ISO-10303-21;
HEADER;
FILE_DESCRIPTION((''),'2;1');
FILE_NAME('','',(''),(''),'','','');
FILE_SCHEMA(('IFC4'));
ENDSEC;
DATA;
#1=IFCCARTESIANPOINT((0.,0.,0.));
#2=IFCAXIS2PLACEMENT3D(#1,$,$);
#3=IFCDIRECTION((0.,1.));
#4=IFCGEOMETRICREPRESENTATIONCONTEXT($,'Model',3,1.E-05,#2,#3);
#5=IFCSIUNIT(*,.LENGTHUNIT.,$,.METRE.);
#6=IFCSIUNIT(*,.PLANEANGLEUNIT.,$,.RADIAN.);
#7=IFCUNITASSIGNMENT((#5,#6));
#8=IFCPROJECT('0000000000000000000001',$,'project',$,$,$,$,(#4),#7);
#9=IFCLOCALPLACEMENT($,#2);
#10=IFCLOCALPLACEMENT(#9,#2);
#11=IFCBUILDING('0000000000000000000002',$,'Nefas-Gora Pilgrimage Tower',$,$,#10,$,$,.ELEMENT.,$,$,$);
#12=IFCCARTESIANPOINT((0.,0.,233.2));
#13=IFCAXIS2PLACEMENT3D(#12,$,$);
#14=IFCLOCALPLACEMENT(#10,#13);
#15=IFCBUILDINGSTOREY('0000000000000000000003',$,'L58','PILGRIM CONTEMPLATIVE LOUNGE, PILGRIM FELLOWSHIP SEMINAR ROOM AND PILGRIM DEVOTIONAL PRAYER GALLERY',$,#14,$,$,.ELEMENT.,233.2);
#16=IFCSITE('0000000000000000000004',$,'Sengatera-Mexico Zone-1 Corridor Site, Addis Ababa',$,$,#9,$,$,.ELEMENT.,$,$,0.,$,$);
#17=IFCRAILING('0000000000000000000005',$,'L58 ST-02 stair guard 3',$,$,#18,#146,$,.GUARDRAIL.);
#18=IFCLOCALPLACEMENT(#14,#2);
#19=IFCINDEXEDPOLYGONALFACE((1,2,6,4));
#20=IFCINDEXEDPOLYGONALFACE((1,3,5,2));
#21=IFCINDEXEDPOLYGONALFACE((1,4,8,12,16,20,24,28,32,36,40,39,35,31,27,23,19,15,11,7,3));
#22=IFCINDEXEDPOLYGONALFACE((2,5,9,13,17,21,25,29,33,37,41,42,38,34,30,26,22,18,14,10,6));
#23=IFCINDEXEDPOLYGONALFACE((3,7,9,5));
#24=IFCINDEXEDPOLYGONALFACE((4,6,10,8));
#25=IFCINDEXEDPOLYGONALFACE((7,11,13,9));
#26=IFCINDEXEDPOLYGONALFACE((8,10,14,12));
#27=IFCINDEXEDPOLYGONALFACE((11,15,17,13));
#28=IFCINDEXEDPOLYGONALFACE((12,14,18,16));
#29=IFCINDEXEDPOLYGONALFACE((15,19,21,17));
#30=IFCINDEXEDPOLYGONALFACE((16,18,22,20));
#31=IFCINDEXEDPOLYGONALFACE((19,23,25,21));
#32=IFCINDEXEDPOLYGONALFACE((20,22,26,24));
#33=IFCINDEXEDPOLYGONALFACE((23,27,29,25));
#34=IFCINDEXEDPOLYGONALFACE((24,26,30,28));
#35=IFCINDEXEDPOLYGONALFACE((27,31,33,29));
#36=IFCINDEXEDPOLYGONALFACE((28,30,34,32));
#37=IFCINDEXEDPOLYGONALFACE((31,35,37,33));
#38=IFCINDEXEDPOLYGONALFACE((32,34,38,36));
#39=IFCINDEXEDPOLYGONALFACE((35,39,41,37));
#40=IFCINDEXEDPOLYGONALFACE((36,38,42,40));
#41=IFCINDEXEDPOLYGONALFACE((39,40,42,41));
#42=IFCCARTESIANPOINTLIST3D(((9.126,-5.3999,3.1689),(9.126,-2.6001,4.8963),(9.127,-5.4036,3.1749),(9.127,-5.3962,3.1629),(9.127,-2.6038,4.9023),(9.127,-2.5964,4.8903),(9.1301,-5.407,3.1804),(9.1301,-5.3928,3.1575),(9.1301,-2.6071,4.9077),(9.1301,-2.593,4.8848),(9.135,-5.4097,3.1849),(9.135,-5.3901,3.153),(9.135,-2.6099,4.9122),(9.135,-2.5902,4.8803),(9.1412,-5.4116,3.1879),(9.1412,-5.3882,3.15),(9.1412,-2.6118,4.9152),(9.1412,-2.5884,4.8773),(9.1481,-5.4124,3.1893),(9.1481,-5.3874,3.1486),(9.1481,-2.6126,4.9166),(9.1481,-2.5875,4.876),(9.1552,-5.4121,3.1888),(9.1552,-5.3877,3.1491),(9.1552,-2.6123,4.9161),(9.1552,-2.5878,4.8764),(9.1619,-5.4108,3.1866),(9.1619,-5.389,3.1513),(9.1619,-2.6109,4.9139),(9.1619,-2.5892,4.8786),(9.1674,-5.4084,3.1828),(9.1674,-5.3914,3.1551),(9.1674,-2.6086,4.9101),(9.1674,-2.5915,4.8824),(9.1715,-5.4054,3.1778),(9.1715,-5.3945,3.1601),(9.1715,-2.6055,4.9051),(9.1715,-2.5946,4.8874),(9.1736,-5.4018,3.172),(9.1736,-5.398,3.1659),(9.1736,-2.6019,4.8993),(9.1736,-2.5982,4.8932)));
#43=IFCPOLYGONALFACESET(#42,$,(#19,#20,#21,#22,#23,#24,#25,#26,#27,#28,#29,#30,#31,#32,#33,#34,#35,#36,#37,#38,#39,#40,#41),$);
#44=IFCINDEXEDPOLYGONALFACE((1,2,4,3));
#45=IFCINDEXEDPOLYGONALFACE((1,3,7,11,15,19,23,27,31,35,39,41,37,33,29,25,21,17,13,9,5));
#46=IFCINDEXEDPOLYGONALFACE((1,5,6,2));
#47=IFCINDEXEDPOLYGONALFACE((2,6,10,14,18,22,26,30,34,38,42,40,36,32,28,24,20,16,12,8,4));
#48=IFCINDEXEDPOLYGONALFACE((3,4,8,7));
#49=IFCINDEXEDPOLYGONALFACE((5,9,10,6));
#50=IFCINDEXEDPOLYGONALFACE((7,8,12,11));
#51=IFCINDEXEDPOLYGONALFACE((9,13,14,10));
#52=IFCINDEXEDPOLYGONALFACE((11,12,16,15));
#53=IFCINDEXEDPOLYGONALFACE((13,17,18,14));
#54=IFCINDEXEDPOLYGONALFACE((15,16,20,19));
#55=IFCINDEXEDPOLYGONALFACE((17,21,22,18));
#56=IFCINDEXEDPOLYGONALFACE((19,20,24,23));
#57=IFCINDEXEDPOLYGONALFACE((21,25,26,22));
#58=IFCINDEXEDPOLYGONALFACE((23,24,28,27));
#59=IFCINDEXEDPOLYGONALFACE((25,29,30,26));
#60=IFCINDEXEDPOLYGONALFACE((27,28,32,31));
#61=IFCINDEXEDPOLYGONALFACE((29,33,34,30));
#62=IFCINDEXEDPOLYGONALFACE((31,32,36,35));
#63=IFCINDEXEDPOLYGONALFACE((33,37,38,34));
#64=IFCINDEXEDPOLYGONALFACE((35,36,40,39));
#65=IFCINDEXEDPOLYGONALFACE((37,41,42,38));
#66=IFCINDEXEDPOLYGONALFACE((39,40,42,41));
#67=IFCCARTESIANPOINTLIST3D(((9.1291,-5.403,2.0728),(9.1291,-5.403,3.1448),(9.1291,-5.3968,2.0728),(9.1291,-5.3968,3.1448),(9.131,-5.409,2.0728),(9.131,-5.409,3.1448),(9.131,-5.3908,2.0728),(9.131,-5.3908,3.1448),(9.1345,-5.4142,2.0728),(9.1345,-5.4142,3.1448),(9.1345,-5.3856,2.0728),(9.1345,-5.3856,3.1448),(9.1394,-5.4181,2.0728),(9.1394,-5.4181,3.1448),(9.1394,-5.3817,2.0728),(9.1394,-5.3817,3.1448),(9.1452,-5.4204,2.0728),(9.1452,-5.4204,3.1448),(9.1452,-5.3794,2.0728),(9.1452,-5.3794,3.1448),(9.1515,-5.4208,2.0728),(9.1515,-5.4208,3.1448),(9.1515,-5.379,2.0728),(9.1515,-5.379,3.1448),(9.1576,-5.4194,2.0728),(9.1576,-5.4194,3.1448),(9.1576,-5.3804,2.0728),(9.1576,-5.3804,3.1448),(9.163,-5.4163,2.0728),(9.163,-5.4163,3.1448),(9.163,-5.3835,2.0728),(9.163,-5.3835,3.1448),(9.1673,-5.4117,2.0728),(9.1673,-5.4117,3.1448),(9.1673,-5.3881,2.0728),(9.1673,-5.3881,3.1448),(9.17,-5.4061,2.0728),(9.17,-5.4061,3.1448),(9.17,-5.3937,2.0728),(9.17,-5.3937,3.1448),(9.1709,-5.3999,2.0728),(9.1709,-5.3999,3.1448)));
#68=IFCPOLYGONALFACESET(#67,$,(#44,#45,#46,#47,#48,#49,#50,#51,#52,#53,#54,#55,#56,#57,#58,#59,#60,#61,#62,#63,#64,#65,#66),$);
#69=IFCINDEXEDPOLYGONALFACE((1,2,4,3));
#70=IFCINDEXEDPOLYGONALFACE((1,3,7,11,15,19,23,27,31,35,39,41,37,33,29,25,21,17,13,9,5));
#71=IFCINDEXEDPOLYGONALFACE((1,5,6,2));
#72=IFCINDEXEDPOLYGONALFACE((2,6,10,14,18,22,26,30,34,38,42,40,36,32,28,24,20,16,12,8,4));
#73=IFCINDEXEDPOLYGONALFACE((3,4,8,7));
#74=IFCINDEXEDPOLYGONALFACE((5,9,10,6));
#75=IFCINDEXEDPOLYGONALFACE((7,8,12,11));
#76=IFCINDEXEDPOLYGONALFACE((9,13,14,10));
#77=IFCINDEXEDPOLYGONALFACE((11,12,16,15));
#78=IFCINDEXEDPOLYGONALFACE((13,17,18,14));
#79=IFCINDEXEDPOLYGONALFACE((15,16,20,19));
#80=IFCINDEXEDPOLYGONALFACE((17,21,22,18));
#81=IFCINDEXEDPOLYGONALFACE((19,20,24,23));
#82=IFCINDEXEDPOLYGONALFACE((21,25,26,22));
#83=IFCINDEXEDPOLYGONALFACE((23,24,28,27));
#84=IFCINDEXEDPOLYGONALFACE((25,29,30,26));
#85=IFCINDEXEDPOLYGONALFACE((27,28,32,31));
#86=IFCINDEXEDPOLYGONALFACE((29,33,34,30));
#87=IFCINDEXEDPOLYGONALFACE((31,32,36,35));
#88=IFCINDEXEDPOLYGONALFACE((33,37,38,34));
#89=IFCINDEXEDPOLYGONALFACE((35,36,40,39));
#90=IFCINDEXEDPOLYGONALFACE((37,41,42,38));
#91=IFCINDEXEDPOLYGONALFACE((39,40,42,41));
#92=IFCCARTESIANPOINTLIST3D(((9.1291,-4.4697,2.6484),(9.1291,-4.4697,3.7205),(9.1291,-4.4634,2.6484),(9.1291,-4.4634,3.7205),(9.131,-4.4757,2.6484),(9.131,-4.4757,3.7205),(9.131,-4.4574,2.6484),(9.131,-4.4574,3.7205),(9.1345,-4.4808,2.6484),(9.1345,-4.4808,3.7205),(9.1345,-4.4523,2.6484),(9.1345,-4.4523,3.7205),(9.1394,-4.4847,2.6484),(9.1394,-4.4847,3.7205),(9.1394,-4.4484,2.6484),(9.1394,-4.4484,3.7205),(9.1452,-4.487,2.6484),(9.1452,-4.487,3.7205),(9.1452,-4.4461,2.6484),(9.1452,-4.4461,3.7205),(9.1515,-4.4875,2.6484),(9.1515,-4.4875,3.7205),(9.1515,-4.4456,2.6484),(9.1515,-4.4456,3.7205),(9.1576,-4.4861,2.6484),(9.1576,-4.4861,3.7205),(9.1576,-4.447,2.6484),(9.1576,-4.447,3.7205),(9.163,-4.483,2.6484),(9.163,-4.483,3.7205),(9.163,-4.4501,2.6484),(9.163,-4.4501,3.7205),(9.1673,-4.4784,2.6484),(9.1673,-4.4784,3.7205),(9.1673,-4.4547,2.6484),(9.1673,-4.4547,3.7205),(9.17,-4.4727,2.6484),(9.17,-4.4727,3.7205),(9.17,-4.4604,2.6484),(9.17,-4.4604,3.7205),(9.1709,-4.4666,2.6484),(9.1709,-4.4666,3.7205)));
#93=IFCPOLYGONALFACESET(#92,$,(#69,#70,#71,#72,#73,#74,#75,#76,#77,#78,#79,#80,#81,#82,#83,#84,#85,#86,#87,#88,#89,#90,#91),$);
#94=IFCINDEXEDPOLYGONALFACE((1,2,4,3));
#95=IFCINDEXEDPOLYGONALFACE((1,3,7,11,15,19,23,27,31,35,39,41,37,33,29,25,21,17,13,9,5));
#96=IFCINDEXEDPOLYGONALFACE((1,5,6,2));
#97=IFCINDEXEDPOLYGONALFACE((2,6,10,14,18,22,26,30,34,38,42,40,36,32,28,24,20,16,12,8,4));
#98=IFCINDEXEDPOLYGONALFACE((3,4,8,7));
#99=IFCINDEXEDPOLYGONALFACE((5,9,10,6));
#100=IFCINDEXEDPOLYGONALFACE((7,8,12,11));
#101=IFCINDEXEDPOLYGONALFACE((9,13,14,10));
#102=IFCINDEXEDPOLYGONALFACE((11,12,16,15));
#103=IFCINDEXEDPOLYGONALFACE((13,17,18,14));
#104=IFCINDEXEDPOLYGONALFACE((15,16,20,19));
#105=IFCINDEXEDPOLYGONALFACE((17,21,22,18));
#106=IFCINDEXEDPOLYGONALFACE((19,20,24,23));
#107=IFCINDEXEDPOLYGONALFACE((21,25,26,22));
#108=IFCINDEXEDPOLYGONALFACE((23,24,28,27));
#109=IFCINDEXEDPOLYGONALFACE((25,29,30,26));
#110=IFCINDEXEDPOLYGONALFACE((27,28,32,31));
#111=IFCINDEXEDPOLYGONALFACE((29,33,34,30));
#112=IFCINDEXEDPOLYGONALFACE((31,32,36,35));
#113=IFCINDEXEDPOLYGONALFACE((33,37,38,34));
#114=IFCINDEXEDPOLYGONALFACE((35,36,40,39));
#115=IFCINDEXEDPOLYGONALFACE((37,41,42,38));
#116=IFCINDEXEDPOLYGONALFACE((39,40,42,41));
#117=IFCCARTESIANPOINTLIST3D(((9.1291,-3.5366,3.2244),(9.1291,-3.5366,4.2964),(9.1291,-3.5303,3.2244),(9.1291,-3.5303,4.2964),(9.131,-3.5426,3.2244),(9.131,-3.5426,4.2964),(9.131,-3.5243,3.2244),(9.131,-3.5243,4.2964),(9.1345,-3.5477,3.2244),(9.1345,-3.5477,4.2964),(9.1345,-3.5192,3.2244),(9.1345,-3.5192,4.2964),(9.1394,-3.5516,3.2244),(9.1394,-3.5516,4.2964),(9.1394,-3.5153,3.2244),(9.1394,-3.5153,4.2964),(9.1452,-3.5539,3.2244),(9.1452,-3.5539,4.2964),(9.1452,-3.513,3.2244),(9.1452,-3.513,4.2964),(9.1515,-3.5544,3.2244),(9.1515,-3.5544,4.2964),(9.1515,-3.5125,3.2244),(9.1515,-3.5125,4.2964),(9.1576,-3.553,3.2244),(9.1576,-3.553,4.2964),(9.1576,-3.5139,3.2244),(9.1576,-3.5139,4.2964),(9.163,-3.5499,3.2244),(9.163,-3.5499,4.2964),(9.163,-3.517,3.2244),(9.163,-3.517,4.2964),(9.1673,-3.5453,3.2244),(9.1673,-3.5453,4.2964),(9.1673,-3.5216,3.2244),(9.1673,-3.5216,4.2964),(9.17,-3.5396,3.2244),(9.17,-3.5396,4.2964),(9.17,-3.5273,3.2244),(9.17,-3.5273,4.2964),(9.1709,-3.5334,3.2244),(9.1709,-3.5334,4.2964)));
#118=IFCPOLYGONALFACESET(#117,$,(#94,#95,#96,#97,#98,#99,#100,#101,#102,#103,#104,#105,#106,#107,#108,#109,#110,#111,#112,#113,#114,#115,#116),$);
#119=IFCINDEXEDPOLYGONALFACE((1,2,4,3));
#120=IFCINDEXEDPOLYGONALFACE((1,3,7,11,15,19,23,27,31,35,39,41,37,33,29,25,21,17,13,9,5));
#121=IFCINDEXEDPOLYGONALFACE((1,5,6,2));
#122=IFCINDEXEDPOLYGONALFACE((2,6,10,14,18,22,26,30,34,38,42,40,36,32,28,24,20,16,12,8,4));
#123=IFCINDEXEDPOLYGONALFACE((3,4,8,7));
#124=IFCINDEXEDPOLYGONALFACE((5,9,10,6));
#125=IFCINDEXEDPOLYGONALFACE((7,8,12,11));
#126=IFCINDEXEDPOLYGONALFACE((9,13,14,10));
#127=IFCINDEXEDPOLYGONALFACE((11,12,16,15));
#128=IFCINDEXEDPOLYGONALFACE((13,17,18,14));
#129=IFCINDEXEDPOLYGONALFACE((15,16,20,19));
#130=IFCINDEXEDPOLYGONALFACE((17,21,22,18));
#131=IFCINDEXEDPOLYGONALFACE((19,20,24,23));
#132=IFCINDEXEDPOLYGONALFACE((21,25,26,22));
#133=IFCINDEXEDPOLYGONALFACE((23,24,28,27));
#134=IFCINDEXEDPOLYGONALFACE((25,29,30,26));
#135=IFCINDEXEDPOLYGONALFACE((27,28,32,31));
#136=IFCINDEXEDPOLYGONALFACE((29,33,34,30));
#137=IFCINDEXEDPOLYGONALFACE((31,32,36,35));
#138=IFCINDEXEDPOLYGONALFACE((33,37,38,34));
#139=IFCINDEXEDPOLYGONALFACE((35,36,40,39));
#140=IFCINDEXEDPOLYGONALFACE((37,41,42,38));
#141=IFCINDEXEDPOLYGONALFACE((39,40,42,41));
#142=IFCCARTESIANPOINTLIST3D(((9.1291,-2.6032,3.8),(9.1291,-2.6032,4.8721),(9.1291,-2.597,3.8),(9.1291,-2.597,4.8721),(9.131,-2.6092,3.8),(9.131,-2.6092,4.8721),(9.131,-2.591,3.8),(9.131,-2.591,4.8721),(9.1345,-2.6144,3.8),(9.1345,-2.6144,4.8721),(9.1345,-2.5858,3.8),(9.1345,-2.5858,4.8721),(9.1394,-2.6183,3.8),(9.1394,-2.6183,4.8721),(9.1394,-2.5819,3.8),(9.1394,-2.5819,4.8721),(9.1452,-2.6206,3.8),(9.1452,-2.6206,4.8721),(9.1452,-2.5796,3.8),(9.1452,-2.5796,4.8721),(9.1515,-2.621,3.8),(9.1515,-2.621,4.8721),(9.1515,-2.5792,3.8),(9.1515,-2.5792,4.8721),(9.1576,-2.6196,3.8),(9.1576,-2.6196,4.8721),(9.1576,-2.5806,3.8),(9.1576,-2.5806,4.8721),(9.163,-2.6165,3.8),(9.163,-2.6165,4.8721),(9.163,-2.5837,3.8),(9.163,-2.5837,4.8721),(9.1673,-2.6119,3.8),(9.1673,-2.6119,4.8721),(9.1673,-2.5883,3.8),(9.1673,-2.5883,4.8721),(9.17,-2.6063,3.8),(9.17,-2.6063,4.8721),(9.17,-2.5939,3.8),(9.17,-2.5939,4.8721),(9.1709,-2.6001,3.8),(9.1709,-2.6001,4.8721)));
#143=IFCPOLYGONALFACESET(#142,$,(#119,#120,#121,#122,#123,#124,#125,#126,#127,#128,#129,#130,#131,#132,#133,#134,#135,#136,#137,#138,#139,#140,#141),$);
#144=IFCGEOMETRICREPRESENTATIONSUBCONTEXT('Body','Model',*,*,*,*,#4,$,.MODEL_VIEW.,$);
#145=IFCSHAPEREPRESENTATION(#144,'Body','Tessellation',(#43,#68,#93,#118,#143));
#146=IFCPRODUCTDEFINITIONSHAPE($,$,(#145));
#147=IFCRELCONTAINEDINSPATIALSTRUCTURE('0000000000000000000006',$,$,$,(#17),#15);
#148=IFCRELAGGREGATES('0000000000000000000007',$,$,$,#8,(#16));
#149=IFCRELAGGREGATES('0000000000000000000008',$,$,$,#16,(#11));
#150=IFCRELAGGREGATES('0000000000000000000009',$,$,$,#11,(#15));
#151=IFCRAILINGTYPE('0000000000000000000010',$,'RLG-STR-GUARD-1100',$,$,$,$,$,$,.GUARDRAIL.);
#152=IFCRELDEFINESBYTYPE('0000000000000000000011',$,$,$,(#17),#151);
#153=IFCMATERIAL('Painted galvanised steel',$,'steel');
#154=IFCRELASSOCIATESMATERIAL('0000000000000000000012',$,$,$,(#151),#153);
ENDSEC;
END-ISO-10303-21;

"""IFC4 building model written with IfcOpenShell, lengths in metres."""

from ifc_helpers import new_model, si_unit, direction, frame, origin, origin_2d, place, context, subcontext, project, spatial, circle, extrude, material, type_object, element, save


model = new_model("IFC4")

# Units and contexts
model_context = context("Model", 3, precision=1e-05, world=origin(), true_north=direction((0.0, 1.0)))
body_context = subcontext(model_context, "Body", "Model", "MODEL_VIEW")
ifc_project = project(units=[si_unit("LENGTHUNIT", "METRE"), si_unit("PLANEANGLEUNIT", "RADIAN")], contexts=[model_context])

# Site, building, storey
site_placement = place(None, origin())
site = spatial("IfcSite", under=ifc_project, at=site_placement, Name="Sengatera-Mexico Zone-1 Corridor Site, Addis Ababa", CompositionType="ELEMENT", RefElevation=0.0)
building_placement = place(site_placement, origin())
building = spatial("IfcBuilding", under=site, at=building_placement, Name="Nefas-Gora Pilgrimage Tower", CompositionType="ELEMENT")
storey_placement = place(building_placement, frame((0.0, 0.0, 233.2)))
storey = spatial("IfcBuildingStorey", under=building, at=storey_placement, Name="L58", Description="PILGRIM CONTEMPLATIVE LOUNGE, PILGRIM FELLOWSHIP SEMINAR ROOM AND PILGRIM DEVOTIONAL PRAYER GALLERY", CompositionType="ELEMENT", Elevation=233.2)

# Railing
ifc_material_1 = material(Name="Painted galvanised steel", Category="steel")
railing_type_1 = type_object("IfcRailingType", Name="RLG-STR-GUARD-1100", PredefinedType="GUARDRAIL", material=ifc_material_1)
railing_1_placement = place(storey_placement, frame((9.1499, -5.3999, 2.0728)))
element("IfcRailing", 1, at=railing_1_placement, inside=storey, type_object=railing_type_1, Name="L58 ST-02 stair guard 3", PredefinedType="GUARDRAIL", context=body_context, shape_type="SweptSolid", body=[
    extrude(circle(Radius=0.0239, at=origin_2d()), frame((0.0, 0.0, 1.0962), z_axis=(0.0, 0.851069, 0.525054), x_axis=(-1.0, 0.0, 0.0)), (0.0, 0.0, 1.0), 3.2898),
    extrude(circle(Radius=0.021, at=origin_2d()), origin(), (0.0, 0.0, 1.0), 1.072),
    extrude(circle(Radius=0.021, at=origin_2d()), frame((0.0, 0.9333, 0.5757)), (0.0, 0.0, 1.0), 1.072),
    extrude(circle(Radius=0.021, at=origin_2d()), frame((0.0, 1.8665, 1.1516)), (0.0, 0.0, 1.0), 1.072),
    extrude(circle(Radius=0.021, at=origin_2d()), frame((0.0, 2.7998, 1.7273)), (0.0, 0.0, 1.0), 1.072),
])

save(model, "model.ifc")
